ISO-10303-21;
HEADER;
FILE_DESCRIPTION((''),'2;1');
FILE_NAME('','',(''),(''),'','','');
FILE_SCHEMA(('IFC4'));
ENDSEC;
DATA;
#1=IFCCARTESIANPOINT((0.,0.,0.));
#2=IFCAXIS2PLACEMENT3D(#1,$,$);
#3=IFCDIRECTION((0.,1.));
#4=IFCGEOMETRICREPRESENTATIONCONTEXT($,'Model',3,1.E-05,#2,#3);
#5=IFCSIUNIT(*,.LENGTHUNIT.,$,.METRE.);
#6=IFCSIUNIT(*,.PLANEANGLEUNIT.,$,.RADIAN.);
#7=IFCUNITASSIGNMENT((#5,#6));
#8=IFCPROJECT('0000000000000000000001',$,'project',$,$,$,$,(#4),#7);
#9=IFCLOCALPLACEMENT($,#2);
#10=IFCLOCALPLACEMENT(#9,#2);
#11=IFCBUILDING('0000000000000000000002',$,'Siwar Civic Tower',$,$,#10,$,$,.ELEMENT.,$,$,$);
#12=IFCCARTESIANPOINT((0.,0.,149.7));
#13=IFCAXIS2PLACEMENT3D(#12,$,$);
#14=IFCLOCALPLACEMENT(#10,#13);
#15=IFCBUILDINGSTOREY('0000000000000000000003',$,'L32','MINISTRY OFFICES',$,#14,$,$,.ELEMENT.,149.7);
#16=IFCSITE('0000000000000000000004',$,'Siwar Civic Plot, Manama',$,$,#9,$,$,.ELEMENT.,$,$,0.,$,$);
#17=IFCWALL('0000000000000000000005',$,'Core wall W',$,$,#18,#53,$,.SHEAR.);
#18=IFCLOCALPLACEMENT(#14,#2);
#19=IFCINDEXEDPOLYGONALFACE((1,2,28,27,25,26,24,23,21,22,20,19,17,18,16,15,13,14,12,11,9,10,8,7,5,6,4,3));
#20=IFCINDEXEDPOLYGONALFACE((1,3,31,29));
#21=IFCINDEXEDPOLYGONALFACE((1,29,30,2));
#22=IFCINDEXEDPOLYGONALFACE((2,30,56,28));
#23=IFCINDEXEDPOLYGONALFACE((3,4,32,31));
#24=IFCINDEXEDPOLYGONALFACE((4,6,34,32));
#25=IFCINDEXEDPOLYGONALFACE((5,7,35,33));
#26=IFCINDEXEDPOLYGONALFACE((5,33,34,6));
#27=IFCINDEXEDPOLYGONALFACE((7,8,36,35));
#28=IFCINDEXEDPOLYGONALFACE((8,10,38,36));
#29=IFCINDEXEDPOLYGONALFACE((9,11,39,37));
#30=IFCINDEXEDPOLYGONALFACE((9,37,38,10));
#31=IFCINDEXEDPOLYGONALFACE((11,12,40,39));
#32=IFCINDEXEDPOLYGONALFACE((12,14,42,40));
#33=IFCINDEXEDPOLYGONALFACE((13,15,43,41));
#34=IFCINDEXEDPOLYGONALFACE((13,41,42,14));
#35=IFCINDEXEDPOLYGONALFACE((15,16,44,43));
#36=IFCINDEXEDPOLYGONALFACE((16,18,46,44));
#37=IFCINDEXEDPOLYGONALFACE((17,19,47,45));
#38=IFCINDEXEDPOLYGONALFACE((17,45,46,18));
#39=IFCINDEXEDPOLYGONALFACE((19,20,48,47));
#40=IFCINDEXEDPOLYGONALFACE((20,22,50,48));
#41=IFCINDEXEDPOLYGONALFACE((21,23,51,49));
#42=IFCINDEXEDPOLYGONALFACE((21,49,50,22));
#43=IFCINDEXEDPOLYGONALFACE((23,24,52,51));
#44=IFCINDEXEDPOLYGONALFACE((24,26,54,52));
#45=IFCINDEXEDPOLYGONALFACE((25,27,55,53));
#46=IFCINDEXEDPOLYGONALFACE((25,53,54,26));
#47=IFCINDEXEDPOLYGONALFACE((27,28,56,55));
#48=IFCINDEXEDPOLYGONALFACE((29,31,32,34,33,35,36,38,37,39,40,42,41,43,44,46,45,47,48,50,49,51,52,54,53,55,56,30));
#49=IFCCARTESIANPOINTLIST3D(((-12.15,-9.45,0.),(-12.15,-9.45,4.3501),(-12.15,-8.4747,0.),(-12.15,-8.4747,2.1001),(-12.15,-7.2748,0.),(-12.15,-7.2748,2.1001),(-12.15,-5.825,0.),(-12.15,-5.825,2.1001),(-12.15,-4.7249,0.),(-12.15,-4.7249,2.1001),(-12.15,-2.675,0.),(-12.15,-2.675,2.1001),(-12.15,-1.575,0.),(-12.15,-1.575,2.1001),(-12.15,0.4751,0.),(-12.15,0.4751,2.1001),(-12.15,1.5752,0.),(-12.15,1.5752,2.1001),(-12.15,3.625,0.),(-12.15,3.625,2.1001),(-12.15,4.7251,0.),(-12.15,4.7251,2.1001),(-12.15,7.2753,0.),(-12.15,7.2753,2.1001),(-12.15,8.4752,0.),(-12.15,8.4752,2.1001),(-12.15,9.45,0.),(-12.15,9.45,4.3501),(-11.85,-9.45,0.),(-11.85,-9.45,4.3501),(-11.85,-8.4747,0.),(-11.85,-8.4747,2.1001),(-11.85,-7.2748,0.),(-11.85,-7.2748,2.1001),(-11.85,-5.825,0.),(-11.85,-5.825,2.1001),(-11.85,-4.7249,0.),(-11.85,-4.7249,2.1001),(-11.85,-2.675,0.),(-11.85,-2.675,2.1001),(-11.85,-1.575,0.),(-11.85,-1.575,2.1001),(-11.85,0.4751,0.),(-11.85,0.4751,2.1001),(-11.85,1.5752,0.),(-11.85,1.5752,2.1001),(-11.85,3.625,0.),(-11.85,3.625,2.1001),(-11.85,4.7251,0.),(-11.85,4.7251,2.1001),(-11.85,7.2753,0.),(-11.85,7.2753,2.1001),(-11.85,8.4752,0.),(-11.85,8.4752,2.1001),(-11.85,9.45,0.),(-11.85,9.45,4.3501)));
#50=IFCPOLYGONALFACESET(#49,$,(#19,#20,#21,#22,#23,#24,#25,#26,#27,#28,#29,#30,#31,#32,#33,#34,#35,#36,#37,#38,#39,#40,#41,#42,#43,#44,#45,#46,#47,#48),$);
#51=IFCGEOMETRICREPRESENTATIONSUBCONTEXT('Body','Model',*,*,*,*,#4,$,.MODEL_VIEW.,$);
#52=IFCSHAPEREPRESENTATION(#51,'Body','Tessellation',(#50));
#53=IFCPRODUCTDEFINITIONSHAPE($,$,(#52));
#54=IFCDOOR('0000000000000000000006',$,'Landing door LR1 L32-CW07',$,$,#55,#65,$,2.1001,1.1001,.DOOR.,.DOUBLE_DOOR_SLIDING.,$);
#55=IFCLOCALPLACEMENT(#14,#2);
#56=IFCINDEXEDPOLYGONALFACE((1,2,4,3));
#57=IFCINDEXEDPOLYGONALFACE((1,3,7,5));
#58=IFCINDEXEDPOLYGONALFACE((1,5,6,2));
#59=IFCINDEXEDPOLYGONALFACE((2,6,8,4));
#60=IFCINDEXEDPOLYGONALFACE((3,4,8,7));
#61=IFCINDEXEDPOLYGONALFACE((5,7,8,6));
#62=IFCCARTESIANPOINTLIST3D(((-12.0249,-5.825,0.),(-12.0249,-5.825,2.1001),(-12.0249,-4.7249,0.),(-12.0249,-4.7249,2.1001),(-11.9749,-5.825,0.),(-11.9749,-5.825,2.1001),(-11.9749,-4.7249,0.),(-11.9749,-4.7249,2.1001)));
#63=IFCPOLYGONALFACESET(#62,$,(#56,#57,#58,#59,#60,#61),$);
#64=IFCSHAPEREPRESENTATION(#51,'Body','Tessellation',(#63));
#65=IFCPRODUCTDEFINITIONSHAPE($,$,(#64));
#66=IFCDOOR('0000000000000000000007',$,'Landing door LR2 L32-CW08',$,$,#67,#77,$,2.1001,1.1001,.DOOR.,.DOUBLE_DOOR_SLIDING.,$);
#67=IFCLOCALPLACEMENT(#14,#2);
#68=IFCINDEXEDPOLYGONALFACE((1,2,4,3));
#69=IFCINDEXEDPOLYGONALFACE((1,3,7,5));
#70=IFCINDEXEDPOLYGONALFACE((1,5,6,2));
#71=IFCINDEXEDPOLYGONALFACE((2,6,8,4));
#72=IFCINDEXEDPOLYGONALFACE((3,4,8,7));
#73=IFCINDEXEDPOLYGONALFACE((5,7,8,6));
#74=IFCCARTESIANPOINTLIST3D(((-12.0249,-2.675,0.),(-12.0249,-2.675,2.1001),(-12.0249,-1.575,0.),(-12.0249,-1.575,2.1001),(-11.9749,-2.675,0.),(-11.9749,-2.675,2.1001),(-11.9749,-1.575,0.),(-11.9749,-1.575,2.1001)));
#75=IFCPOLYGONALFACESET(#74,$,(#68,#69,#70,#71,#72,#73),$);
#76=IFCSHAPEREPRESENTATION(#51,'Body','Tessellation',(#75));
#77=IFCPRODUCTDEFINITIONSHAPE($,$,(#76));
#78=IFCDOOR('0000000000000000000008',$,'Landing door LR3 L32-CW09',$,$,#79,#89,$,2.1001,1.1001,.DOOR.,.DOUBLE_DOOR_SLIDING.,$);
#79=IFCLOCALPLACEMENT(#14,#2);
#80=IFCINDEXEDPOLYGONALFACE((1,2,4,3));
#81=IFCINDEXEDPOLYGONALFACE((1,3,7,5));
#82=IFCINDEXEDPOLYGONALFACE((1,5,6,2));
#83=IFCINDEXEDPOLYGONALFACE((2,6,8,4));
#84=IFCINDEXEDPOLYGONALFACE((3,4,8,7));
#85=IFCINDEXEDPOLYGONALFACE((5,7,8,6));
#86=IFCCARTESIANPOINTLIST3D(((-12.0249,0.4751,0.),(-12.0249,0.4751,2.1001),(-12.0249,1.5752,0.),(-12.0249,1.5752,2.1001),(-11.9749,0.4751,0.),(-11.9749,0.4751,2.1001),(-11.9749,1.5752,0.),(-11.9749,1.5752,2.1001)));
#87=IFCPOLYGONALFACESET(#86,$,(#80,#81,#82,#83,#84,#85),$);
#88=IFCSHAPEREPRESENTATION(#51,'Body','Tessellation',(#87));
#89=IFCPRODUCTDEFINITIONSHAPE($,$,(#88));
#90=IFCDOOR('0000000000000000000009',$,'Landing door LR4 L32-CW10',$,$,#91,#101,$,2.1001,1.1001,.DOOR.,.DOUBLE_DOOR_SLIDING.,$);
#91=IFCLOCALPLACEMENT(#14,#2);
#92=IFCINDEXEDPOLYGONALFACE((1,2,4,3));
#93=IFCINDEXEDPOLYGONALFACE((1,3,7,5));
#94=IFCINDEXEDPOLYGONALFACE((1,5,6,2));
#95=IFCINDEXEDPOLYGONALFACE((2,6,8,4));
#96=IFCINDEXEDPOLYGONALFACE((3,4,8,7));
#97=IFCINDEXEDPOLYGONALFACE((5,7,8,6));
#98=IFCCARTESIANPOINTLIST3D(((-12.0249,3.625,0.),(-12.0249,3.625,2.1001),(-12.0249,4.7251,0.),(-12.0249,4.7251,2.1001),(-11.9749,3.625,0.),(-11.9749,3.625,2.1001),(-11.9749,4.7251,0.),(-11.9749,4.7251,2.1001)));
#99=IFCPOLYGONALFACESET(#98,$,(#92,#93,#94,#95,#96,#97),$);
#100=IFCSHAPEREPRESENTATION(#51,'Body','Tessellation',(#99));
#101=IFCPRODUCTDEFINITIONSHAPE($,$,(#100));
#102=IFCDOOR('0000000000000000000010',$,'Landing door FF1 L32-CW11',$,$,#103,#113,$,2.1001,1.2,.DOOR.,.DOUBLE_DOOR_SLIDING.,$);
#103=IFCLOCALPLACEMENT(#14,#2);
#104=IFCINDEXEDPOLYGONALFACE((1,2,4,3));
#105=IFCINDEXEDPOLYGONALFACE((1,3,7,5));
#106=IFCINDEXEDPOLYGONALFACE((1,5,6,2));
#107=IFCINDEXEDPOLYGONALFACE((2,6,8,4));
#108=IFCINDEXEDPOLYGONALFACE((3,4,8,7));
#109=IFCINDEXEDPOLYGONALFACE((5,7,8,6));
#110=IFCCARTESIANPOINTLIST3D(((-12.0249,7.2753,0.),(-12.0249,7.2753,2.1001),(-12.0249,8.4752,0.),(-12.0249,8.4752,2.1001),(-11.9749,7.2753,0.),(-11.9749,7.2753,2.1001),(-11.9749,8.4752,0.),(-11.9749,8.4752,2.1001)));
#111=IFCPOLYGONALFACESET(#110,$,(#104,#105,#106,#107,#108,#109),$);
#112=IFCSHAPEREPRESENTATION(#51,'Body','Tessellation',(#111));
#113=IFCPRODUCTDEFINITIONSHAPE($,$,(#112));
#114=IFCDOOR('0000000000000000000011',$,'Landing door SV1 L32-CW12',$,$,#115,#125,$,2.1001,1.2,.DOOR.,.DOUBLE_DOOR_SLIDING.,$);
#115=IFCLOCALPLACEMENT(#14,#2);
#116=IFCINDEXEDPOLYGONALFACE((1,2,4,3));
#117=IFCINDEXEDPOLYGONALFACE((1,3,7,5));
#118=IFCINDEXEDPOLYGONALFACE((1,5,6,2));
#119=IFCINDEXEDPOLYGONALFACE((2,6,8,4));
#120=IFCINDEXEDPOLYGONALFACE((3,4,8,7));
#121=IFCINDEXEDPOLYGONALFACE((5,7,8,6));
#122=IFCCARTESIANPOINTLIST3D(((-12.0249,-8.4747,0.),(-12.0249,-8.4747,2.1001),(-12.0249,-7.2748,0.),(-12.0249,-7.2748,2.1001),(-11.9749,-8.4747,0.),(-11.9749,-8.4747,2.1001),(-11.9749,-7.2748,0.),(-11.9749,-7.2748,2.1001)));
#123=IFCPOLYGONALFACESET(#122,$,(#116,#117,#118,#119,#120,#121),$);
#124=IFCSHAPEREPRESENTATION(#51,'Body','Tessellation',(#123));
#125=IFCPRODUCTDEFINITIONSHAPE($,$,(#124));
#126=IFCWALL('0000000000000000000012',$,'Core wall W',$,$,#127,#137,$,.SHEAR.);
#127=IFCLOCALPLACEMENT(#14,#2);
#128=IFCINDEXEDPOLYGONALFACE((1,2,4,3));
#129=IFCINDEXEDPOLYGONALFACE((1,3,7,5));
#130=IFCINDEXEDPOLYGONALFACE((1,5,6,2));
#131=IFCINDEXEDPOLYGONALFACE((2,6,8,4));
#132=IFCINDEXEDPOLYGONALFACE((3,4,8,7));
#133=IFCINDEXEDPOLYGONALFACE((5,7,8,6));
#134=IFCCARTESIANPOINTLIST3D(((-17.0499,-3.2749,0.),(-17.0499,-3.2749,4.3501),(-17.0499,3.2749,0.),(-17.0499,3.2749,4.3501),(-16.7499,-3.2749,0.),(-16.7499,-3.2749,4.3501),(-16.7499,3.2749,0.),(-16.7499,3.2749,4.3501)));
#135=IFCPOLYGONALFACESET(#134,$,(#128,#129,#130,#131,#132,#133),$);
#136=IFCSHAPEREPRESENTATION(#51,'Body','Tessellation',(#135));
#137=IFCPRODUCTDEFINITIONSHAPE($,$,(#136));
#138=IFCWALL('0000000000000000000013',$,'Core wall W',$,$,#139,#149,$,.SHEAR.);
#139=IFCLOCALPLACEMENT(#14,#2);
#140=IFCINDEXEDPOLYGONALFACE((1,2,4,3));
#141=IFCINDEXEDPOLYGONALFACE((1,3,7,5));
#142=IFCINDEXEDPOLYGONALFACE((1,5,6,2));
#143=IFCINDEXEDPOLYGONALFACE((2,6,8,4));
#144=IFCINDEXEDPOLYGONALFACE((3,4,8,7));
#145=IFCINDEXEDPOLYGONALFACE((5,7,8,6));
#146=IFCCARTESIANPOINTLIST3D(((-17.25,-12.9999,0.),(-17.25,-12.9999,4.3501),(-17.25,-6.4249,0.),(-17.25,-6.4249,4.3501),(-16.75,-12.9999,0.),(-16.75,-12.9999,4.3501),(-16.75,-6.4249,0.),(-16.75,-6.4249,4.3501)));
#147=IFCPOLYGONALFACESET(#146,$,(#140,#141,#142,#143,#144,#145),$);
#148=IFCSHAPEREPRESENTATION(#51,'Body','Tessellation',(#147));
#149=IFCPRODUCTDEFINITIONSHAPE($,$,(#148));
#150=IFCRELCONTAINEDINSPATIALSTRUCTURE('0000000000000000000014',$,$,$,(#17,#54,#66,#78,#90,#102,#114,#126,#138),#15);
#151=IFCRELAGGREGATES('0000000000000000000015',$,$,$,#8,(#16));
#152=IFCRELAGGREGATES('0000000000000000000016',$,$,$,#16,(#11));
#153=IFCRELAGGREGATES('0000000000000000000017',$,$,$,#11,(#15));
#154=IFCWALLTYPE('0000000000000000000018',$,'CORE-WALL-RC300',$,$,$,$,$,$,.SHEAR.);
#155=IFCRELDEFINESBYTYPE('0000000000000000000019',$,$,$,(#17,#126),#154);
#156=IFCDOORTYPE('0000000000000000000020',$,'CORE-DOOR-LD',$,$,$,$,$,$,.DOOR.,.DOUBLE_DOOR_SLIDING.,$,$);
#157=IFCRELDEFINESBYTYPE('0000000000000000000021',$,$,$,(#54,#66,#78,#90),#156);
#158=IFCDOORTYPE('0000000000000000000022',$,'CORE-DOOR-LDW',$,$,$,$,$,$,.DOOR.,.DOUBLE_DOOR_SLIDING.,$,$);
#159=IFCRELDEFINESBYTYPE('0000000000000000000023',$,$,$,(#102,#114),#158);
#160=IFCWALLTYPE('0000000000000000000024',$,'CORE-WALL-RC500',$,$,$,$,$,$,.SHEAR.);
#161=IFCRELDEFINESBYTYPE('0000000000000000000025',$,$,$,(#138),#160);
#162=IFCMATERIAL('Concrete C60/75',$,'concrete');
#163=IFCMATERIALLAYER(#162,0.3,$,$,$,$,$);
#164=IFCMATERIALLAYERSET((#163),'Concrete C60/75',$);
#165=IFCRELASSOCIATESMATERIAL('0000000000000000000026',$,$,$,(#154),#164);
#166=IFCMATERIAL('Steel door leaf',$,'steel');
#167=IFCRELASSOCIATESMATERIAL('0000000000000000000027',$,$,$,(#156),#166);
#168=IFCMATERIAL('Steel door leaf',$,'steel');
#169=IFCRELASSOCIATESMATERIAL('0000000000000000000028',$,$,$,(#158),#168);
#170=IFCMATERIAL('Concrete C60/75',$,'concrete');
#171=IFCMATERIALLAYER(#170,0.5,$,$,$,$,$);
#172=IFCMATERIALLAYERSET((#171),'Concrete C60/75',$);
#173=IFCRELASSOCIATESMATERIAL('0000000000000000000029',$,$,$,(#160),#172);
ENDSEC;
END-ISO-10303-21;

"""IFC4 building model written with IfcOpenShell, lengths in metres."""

from ifc_helpers import new_model, si_unit, direction, frame, frame_2d, origin, place, context, subcontext, project, spatial, rectangle, extrude, material, layer, layer_set, type_object, element, fill, save


model = new_model("IFC4")

# Units and contexts
model_context = context("Model", 3, precision=1e-05, world=origin(), true_north=direction((0.0, 1.0)))
body_context = subcontext(model_context, "Body", "Model", "MODEL_VIEW")
ifc_project = project(units=[si_unit("LENGTHUNIT", "METRE"), si_unit("PLANEANGLEUNIT", "RADIAN")], contexts=[model_context])

# Site, building, storey
site_placement = place(None, origin())
site = spatial("IfcSite", under=ifc_project, at=site_placement, Name="Siwar Civic Plot, Manama", CompositionType="ELEMENT", RefElevation=0.0)
building_placement = place(site_placement, origin())
building = spatial("IfcBuilding", under=site, at=building_placement, Name="Siwar Civic Tower", CompositionType="ELEMENT")
storey_placement = place(building_placement, frame((0.0, 0.0, 149.7)))
storey = spatial("IfcBuildingStorey", under=building, at=storey_placement, Name="L32", Description="MINISTRY OFFICES", CompositionType="ELEMENT", Elevation=149.7)

# Wall, openings, doors
ifc_material_1 = material(Name="Concrete C60/75", Category="concrete")
ifc_layer_1 = layer(ifc_material_1, 0.3)
ifc_layer_set_1 = layer_set([ifc_layer_1], Name="Concrete C60/75")
wall_type_1 = type_object("IfcWallType", Name="CORE-WALL-RC300", PredefinedType="SHEAR", material=ifc_layer_set_1)
wall_1_placement = place(storey_placement, frame((-12.0, -9.45, 0.0), z_axis=(0.0, 0.0, 1.0), x_axis=(0.0, 1.0, 0.0)))
wall_1 = element("IfcWall", 1, at=wall_1_placement, inside=storey, type_object=wall_type_1, Name="Core wall W", PredefinedType="SHEAR", context=body_context, shape_type="SweptSolid", body=[
    extrude(rectangle(XDim=18.8999, YDim=0.3, at=frame_2d((9.45, 0.0))), origin(), (0.0, 0.0, 1.0), 4.3501),
])
opening_1_placement = place(wall_1_placement, frame((3.625, 0.0, 0.0)))
opening_1 = element("IfcOpeningElement", 2, at=opening_1_placement, cuts=wall_1, PredefinedType="OPENING", context=body_context, shape_type="SweptSolid", body=[
    extrude(rectangle(XDim=1.1001, YDim=2.1001, at=frame_2d((0.55, 1.05))), frame((0.0, 0.1602, 0.0), z_axis=(0.0, -1.0, 0.0), x_axis=(1.0, 0.0, 0.0)), (0.0, 0.0, 1.0), 0.3201),
])
opening_2_placement = place(wall_1_placement, frame((6.7749, 0.0, 0.0)))
opening_2 = element("IfcOpeningElement", 3, at=opening_2_placement, cuts=wall_1, PredefinedType="OPENING", context=body_context, shape_type="SweptSolid", body=[
    extrude(rectangle(XDim=1.1001, YDim=2.1001, at=frame_2d((0.55, 1.05))), frame((0.0, 0.1602, 0.0), z_axis=(0.0, -1.0, 0.0), x_axis=(1.0, 0.0, 0.0)), (0.0, 0.0, 1.0), 0.3201),
])
opening_3_placement = place(wall_1_placement, frame((9.925, 0.0, 0.0)))
opening_3 = element("IfcOpeningElement", 4, at=opening_3_placement, cuts=wall_1, PredefinedType="OPENING", context=body_context, shape_type="SweptSolid", body=[
    extrude(rectangle(XDim=1.1001, YDim=2.1001, at=frame_2d((0.55, 1.05))), frame((0.0, 0.1602, 0.0), z_axis=(0.0, -1.0, 0.0), x_axis=(1.0, 0.0, 0.0)), (0.0, 0.0, 1.0), 0.3201),
])
opening_4_placement = place(wall_1_placement, frame((13.075, 0.0, 0.0)))
opening_4 = element("IfcOpeningElement", 5, at=opening_4_placement, cuts=wall_1, PredefinedType="OPENING", context=body_context, shape_type="SweptSolid", body=[
    extrude(rectangle(XDim=1.1001, YDim=2.1001, at=frame_2d((0.55, 1.05))), frame((0.0, 0.1602, 0.0), z_axis=(0.0, -1.0, 0.0), x_axis=(1.0, 0.0, 0.0)), (0.0, 0.0, 1.0), 0.3201),
])
opening_5_placement = place(wall_1_placement, frame((16.7251, 0.0, 0.0)))
opening_5 = element("IfcOpeningElement", 6, at=opening_5_placement, cuts=wall_1, PredefinedType="OPENING", context=body_context, shape_type="SweptSolid", body=[
    extrude(rectangle(XDim=1.2, YDim=2.1001, at=frame_2d((0.6001, 1.05))), frame((0.0, 0.1602, 0.0), z_axis=(0.0, -1.0, 0.0), x_axis=(1.0, 0.0, 0.0)), (0.0, 0.0, 1.0), 0.3201),
])
opening_6_placement = place(wall_1_placement, frame((0.9751, 0.0, 0.0)))
opening_6 = element("IfcOpeningElement", 7, at=opening_6_placement, cuts=wall_1, PredefinedType="OPENING", context=body_context, shape_type="SweptSolid", body=[
    extrude(rectangle(XDim=1.2, YDim=2.1001, at=frame_2d((0.6001, 1.05))), frame((0.0, 0.1602, 0.0), z_axis=(0.0, -1.0, 0.0), x_axis=(1.0, 0.0, 0.0)), (0.0, 0.0, 1.0), 0.3201),
])
ifc_material_2 = material(Name="Steel door leaf", Category="steel")
door_type_1 = type_object("IfcDoorType", Name="CORE-DOOR-LD", OperationType="DOUBLE_DOOR_SLIDING", PredefinedType="DOOR", material=ifc_material_2)
door_1_placement = place(opening_1_placement, origin())
door_1 = element("IfcDoor", 8, at=door_1_placement, inside=storey, type_object=door_type_1, Name="Landing door LR1 L32-CW07", OperationType="DOUBLE_DOOR_SLIDING", OverallHeight=2.1001, OverallWidth=1.1001, PredefinedType="DOOR", context=body_context, shape_type="SweptSolid", body=[
    extrude(rectangle(XDim=1.1001, YDim=2.1001, at=frame_2d((0.55, 1.05))), frame((0.0, 0.0249, 0.0), z_axis=(0.0, -1.0, 0.0), x_axis=(1.0, 0.0, 0.0)), (0.0, 0.0, 1.0), 0.05),
])
fill(opening_1, door_1)
door_2_placement = place(opening_2_placement, origin())
door_2 = element("IfcDoor", 9, at=door_2_placement, inside=storey, type_object=door_type_1, Name="Landing door LR2 L32-CW08", OperationType="DOUBLE_DOOR_SLIDING", OverallHeight=2.1001, OverallWidth=1.1001, PredefinedType="DOOR", context=body_context, shape_type="SweptSolid", body=[
    extrude(rectangle(XDim=1.1001, YDim=2.1001, at=frame_2d((0.55, 1.05))), frame((0.0, 0.0249, 0.0), z_axis=(0.0, -1.0, 0.0), x_axis=(1.0, 0.0, 0.0)), (0.0, 0.0, 1.0), 0.05),
])
fill(opening_2, door_2)
door_3_placement = place(opening_3_placement, origin())
door_3 = element("IfcDoor", 10, at=door_3_placement, inside=storey, type_object=door_type_1, Name="Landing door LR3 L32-CW09", OperationType="DOUBLE_DOOR_SLIDING", OverallHeight=2.1001, OverallWidth=1.1001, PredefinedType="DOOR", context=body_context, shape_type="SweptSolid", body=[
    extrude(rectangle(XDim=1.1001, YDim=2.1001, at=frame_2d((0.55, 1.05))), frame((0.0, 0.0249, 0.0), z_axis=(0.0, -1.0, 0.0), x_axis=(1.0, 0.0, 0.0)), (0.0, 0.0, 1.0), 0.05),
])
fill(opening_3, door_3)
door_4_placement = place(opening_4_placement, origin())
door_4 = element("IfcDoor", 11, at=door_4_placement, inside=storey, type_object=door_type_1, Name="Landing door LR4 L32-CW10", OperationType="DOUBLE_DOOR_SLIDING", OverallHeight=2.1001, OverallWidth=1.1001, PredefinedType="DOOR", context=body_context, shape_type="SweptSolid", body=[
    extrude(rectangle(XDim=1.1001, YDim=2.1001, at=frame_2d((0.55, 1.05))), frame((0.0, 0.0249, 0.0), z_axis=(0.0, -1.0, 0.0), x_axis=(1.0, 0.0, 0.0)), (0.0, 0.0, 1.0), 0.05),
])
fill(opening_4, door_4)
ifc_material_3 = material(Name="Steel door leaf", Category="steel")
door_type_2 = type_object("IfcDoorType", Name="CORE-DOOR-LDW", OperationType="DOUBLE_DOOR_SLIDING", PredefinedType="DOOR", material=ifc_material_3)
door_5_placement = place(opening_5_placement, origin())
door_5 = element("IfcDoor", 12, at=door_5_placement, inside=storey, type_object=door_type_2, Name="Landing door FF1 L32-CW11", OperationType="DOUBLE_DOOR_SLIDING", OverallHeight=2.1001, OverallWidth=1.2, PredefinedType="DOOR", context=body_context, shape_type="SweptSolid", body=[
    extrude(rectangle(XDim=1.2, YDim=2.1001, at=frame_2d((0.6001, 1.05))), frame((0.0, 0.0249, 0.0), z_axis=(0.0, -1.0, 0.0), x_axis=(1.0, 0.0, 0.0)), (0.0, 0.0, 1.0), 0.05),
])
fill(opening_5, door_5)
door_6_placement = place(opening_6_placement, origin())
door_6 = element("IfcDoor", 13, at=door_6_placement, inside=storey, type_object=door_type_2, Name="Landing door SV1 L32-CW12", OperationType="DOUBLE_DOOR_SLIDING", OverallHeight=2.1001, OverallWidth=1.2, PredefinedType="DOOR", context=body_context, shape_type="SweptSolid", body=[
    extrude(rectangle(XDim=1.2, YDim=2.1001, at=frame_2d((0.6001, 1.05))), frame((0.0, 0.0249, 0.0), z_axis=(0.0, -1.0, 0.0), x_axis=(1.0, 0.0, 0.0)), (0.0, 0.0, 1.0), 0.05),
])
fill(opening_6, door_6)

# Walls
wall_2_placement = place(storey_placement, frame((-16.8999, -3.2749, 0.0), z_axis=(0.0, 0.0, 1.0), x_axis=(0.0, 1.0, 0.0)))
element("IfcWall", 14, at=wall_2_placement, inside=storey, type_object=wall_type_1, Name="Core wall W", PredefinedType="SHEAR", context=body_context, shape_type="SweptSolid", body=[
    extrude(rectangle(XDim=6.5498, YDim=0.3, at=frame_2d((3.2749, 0.0))), origin(), (0.0, 0.0, 1.0), 4.3501),
])
ifc_material_4 = material(Name="Concrete C60/75", Category="concrete")
ifc_layer_2 = layer(ifc_material_4, 0.5)
ifc_layer_set_2 = layer_set([ifc_layer_2], Name="Concrete C60/75")
wall_type_2 = type_object("IfcWallType", Name="CORE-WALL-RC500", PredefinedType="SHEAR", material=ifc_layer_set_2)
wall_3_placement = place(storey_placement, frame((-17.0, -13.0, 0.0), z_axis=(0.0, 0.0, 1.0), x_axis=(0.0, 1.0, 0.0)))
element("IfcWall", 15, at=wall_3_placement, inside=storey, type_object=wall_type_2, Name="Core wall W", PredefinedType="SHEAR", context=body_context, shape_type="SweptSolid", body=[
    extrude(rectangle(XDim=6.575, YDim=0.5, at=frame_2d((3.2876, 0.0))), origin(), (0.0, 0.0, 1.0), 4.3501),
])

save(model, "model.ifc")
